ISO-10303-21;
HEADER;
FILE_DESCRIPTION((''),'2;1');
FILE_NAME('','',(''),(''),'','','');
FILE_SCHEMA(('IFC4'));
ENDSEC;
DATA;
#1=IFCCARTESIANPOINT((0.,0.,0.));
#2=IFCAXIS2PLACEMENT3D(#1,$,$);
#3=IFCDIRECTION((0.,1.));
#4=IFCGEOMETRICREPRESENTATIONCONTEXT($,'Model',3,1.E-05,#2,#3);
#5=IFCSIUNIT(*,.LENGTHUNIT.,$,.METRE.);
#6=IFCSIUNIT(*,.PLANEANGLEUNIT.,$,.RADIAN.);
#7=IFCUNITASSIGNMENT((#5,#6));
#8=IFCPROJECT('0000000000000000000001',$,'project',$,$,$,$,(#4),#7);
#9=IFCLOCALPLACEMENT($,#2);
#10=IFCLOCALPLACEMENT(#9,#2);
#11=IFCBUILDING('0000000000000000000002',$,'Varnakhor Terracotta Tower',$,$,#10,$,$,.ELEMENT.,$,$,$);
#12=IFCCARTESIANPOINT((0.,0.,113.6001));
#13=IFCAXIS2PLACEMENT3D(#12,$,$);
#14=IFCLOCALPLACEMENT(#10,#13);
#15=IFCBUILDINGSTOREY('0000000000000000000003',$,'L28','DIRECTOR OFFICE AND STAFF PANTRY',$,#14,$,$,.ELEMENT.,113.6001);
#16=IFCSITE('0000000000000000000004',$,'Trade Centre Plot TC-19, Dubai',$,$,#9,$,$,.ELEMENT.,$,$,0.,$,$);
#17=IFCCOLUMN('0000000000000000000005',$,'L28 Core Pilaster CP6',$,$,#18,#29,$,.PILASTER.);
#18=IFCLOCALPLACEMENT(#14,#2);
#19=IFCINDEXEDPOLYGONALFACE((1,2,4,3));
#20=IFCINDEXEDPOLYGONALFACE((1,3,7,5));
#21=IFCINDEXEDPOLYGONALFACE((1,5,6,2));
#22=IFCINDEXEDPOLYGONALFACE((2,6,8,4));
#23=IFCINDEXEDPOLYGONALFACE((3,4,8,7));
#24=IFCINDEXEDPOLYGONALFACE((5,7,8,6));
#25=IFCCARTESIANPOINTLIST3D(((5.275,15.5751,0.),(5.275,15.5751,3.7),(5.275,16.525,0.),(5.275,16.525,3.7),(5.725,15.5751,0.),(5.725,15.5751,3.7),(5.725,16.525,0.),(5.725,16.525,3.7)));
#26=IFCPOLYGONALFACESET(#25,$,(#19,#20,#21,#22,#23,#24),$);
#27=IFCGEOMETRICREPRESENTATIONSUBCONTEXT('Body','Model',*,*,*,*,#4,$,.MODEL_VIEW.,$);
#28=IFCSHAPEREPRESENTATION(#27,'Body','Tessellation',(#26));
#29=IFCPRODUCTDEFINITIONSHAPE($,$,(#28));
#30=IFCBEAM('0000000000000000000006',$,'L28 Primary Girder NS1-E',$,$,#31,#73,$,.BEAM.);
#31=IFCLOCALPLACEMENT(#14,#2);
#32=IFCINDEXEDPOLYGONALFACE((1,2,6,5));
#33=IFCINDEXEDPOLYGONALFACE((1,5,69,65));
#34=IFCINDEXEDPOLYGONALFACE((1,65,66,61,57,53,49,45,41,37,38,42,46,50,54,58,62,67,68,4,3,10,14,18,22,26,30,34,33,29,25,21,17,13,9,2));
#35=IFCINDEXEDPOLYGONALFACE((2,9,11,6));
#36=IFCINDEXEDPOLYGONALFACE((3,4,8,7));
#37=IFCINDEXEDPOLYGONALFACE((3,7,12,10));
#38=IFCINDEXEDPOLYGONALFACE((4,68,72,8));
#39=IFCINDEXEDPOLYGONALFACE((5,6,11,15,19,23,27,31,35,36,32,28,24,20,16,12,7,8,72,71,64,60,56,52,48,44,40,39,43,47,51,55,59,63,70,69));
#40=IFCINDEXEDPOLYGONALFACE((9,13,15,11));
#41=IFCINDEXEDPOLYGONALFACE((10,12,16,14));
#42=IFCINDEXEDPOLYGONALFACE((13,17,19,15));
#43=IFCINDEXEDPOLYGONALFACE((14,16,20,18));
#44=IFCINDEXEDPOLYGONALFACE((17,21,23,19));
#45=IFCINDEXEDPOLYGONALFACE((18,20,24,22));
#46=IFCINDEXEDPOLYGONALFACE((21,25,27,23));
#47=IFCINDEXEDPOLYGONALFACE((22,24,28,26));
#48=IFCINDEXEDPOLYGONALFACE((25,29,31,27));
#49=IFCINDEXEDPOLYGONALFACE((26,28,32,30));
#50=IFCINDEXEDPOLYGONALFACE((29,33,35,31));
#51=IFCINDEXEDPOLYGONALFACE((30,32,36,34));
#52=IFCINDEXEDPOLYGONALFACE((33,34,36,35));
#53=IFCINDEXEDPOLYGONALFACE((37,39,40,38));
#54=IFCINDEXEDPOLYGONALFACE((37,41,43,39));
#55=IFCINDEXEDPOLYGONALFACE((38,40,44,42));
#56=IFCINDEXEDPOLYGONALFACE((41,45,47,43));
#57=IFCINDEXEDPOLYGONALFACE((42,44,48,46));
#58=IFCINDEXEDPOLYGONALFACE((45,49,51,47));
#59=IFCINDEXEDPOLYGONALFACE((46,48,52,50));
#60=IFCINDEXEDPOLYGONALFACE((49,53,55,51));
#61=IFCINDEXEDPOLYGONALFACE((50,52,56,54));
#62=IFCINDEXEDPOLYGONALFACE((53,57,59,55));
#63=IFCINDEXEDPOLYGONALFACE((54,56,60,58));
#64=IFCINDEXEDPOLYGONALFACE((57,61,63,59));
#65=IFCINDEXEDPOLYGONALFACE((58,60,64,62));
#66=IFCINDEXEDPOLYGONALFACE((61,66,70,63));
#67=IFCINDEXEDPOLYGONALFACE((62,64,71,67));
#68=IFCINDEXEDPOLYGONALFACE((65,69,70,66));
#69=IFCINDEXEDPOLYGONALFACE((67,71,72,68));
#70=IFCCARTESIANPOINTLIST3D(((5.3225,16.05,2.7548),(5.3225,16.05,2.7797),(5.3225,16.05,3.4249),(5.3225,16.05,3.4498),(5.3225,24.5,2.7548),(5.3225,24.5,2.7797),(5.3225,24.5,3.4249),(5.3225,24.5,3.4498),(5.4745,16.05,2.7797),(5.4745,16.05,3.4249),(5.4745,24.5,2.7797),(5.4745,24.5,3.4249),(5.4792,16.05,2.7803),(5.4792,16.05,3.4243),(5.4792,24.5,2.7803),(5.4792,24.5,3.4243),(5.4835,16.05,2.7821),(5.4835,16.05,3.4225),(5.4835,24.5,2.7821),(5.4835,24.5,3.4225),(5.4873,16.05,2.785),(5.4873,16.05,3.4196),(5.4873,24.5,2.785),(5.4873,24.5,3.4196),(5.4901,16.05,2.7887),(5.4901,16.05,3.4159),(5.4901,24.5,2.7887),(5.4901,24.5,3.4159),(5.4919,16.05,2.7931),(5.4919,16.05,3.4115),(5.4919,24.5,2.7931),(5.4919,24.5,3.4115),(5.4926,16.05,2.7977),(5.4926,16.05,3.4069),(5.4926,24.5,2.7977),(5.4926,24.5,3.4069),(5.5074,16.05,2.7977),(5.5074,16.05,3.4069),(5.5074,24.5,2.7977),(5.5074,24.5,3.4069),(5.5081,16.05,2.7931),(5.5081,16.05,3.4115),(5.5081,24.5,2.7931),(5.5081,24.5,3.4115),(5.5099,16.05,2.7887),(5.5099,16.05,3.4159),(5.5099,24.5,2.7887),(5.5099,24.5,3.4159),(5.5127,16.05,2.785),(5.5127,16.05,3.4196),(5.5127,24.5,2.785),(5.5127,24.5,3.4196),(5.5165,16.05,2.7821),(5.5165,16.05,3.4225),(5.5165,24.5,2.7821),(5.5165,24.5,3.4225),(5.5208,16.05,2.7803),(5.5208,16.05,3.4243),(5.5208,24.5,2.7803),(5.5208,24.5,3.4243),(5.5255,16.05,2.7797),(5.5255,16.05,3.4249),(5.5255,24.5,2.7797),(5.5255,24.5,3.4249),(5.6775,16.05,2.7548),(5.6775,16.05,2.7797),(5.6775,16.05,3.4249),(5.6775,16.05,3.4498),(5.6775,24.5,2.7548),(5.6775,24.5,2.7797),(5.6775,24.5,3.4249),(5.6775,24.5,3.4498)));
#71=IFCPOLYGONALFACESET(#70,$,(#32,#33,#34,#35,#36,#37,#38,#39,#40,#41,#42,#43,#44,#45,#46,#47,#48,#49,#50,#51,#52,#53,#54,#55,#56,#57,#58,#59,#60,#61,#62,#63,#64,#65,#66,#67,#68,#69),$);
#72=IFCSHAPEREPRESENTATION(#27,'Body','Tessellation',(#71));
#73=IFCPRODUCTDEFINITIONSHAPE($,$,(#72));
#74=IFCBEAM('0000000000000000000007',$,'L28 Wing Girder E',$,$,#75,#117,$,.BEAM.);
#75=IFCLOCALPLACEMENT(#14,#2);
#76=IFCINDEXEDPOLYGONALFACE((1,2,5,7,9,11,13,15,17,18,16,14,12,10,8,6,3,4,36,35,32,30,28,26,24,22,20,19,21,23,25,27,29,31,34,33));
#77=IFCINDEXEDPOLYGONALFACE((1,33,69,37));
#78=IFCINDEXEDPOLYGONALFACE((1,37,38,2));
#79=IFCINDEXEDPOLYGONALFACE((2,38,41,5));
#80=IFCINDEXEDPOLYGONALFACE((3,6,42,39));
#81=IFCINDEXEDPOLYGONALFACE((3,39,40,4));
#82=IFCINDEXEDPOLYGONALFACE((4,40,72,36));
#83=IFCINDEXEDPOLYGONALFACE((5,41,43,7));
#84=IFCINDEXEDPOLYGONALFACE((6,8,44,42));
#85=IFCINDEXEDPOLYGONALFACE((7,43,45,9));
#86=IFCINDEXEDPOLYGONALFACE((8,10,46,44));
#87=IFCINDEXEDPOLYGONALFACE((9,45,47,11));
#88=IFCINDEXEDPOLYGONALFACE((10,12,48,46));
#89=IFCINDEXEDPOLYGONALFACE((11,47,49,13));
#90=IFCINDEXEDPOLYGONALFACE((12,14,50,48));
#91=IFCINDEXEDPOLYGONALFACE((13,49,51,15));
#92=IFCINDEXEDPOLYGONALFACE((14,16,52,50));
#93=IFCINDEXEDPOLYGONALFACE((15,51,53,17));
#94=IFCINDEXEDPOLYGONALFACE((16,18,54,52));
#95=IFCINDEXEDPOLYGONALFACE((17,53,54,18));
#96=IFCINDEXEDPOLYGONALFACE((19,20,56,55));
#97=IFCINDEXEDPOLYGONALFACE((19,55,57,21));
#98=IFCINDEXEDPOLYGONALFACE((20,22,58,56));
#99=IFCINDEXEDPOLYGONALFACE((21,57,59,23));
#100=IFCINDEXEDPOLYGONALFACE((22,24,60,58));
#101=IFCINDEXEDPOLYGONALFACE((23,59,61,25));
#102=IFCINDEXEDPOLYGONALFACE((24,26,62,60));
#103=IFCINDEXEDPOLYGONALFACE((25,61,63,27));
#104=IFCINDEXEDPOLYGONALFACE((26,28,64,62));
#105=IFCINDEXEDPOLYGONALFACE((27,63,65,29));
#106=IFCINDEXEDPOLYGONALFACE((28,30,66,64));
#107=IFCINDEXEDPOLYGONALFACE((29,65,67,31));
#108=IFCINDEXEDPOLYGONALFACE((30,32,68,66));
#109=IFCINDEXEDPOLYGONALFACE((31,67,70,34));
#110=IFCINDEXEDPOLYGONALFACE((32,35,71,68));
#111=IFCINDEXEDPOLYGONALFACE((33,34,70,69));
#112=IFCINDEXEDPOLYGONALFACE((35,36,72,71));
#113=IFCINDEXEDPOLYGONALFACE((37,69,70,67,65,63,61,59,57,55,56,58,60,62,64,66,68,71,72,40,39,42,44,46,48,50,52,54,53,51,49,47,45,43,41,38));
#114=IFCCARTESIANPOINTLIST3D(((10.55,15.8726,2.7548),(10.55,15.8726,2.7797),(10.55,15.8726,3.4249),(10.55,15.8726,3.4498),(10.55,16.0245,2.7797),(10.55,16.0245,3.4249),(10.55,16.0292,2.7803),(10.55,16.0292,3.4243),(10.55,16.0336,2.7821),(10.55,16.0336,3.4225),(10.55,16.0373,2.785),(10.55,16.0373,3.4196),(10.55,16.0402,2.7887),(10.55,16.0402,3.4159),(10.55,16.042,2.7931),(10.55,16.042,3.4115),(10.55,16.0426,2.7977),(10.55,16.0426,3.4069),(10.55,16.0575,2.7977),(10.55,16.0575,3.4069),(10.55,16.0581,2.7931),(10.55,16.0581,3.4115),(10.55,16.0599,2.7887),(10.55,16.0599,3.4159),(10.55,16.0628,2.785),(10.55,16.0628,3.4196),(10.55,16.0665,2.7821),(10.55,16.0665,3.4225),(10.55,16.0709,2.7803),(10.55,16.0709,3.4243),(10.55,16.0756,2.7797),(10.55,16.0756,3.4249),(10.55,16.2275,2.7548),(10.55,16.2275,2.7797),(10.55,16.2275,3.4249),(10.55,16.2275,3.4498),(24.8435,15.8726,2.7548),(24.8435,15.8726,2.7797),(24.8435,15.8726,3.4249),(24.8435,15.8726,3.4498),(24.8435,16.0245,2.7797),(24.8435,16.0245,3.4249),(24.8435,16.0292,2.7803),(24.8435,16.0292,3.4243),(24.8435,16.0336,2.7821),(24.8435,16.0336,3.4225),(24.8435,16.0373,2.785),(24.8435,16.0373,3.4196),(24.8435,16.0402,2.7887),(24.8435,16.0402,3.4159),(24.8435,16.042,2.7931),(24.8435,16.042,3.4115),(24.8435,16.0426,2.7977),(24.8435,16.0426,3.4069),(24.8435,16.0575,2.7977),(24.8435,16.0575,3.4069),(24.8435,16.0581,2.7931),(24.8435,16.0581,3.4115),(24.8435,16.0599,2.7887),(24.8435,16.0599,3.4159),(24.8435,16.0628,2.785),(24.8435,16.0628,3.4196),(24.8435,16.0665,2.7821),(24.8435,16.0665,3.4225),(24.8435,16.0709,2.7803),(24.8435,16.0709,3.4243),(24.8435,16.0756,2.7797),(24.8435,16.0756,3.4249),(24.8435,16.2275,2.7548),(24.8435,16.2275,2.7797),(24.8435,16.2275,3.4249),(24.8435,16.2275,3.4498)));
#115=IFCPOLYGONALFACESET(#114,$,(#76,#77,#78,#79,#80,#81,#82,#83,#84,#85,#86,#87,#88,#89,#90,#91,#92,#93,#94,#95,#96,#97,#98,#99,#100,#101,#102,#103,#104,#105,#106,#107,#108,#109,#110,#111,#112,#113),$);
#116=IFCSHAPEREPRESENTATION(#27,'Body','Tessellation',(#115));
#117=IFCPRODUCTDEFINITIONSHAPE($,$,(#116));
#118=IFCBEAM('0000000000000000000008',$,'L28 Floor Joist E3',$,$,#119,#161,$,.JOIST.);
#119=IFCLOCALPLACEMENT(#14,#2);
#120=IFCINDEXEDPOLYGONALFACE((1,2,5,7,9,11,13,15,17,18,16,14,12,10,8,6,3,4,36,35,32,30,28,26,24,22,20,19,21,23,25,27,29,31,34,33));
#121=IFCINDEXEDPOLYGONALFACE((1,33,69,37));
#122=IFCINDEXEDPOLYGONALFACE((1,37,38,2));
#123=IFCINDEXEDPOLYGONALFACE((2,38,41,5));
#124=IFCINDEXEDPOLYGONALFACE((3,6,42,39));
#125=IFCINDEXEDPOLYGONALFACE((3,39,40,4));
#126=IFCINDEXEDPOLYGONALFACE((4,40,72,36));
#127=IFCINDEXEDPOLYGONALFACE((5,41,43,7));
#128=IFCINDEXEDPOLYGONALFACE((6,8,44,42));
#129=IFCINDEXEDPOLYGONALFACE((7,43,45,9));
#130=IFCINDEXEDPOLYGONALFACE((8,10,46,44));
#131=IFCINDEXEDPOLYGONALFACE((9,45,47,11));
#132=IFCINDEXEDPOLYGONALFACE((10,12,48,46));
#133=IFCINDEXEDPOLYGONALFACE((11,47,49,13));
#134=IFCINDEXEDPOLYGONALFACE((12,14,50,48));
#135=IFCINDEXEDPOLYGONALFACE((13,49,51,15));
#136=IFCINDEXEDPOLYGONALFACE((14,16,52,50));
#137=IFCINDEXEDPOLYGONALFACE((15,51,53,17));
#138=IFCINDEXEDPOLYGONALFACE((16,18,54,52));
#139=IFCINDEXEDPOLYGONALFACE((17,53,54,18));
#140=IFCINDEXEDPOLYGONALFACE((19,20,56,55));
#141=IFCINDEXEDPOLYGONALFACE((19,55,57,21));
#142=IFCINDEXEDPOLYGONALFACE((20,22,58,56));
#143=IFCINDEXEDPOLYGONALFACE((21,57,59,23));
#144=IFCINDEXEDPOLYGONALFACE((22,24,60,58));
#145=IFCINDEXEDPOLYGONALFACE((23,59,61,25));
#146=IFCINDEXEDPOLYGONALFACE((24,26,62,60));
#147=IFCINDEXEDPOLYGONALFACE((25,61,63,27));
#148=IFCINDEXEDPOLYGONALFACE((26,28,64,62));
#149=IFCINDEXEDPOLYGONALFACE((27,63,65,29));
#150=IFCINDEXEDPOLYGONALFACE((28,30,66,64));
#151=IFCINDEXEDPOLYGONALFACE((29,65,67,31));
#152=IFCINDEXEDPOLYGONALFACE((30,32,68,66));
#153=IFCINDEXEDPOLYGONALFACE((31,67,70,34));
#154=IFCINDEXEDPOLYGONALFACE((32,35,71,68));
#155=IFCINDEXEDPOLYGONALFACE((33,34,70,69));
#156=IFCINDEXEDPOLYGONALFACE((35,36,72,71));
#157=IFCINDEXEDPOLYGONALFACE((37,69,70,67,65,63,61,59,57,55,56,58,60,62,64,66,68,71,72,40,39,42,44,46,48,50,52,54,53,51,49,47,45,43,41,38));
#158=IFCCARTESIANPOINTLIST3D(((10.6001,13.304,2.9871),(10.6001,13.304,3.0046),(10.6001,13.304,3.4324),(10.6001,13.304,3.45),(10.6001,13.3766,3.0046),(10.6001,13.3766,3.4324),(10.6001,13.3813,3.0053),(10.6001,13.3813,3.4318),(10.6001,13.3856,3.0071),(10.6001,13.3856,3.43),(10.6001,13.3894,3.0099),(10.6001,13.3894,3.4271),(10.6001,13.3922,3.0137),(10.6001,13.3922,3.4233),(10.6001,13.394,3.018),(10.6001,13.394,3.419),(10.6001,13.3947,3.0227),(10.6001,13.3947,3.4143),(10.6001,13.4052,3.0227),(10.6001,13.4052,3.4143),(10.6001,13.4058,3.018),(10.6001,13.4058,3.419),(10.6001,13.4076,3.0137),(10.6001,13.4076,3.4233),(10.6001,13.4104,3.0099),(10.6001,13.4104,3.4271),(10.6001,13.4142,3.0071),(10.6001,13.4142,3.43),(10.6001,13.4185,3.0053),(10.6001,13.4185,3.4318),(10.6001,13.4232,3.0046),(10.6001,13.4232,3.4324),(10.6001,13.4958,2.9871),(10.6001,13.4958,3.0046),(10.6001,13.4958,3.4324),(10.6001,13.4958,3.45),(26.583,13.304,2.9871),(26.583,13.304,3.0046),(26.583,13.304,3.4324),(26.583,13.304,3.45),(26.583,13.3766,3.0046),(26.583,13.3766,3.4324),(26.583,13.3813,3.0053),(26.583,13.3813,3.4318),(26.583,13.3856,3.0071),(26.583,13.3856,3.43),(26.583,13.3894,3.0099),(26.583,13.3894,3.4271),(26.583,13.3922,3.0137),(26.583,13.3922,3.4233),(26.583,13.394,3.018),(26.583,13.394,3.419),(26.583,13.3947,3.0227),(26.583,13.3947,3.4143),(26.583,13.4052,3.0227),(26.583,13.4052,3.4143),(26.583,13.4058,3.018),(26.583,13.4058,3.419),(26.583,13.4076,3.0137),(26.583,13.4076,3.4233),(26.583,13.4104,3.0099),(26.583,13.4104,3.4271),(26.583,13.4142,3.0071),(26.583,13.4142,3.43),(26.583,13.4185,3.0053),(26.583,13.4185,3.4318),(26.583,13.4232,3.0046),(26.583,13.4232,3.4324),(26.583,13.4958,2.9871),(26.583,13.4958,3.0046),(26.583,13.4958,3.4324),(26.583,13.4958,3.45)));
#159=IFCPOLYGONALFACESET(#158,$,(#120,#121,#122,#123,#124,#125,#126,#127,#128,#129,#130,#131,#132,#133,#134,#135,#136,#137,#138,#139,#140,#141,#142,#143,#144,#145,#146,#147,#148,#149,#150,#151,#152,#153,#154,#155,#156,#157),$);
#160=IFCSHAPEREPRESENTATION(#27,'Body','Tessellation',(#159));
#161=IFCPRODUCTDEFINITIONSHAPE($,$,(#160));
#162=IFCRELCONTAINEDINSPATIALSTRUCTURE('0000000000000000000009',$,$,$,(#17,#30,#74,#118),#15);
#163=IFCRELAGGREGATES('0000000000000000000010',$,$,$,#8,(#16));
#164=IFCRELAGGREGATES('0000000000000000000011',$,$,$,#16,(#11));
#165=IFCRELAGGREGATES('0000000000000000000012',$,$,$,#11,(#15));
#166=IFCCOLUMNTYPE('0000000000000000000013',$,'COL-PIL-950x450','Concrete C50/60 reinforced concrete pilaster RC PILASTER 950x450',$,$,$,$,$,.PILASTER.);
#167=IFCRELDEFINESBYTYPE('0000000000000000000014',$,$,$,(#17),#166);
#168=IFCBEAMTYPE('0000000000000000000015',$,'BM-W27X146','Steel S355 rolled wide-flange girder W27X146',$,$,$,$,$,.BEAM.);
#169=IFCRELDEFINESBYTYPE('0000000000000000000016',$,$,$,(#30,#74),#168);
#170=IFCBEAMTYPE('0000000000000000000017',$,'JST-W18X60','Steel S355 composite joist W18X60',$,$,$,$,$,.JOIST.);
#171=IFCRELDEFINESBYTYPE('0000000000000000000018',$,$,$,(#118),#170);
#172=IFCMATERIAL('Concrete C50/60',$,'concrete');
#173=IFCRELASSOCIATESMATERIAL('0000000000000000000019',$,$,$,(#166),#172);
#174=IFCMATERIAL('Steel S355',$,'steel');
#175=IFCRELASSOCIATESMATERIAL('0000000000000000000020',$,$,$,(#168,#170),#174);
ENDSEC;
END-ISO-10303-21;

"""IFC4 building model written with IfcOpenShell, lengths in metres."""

from ifc_helpers import new_model, si_unit, direction, frame, origin, origin_2d, place, context, subcontext, project, spatial, rectangle, i_section, extrude, source, transform, mapped, material, material_profile, profile_set, type_object, type_shapes, element, save


model = new_model("IFC4")

# Units and contexts
model_context = context("Model", 3, precision=1e-05, world=origin(), true_north=direction((0.0, 1.0)))
body_context = subcontext(model_context, "Body", "Model", "MODEL_VIEW")
ifc_project = project(units=[si_unit("LENGTHUNIT", "METRE"), si_unit("PLANEANGLEUNIT", "RADIAN")], contexts=[model_context])

# Site, building, storey
site_placement = place(None, origin())
site = spatial("IfcSite", under=ifc_project, at=site_placement, Name="Trade Centre Plot TC-19, Dubai", CompositionType="ELEMENT", RefElevation=0.0)
building_placement = place(site_placement, origin())
building = spatial("IfcBuilding", under=site, at=building_placement, Name="Varnakhor Terracotta Tower", CompositionType="ELEMENT")
storey_placement = place(building_placement, frame((0.0, 0.0, 113.6001)))
storey = spatial("IfcBuildingStorey", under=building, at=storey_placement, Name="L28", Description="DIRECTOR OFFICE AND STAFF PANTRY", CompositionType="ELEMENT", Elevation=113.6001)

# Column
ifc_material_1 = material(Name="Concrete C50/60", Category="concrete")
ifc_material_profile_1 = material_profile(ifc_material_1, rectangle(XDim=0.45, YDim=0.95, at=origin_2d()), Name="RC PILASTER 950x450")
ifc_profile_set_1 = profile_set([ifc_material_profile_1], Name="Concrete C50/60")
column_type = type_object("IfcColumnType", Name="COL-PIL-950x450", Description="Concrete C50/60 reinforced concrete pilaster RC PILASTER 950x450", PredefinedType="PILASTER", material=ifc_profile_set_1)
shared_shape_1 = source(origin(), body_context, "Body", "SweptSolid", [
    extrude(rectangle(XDim=0.45, YDim=0.95, at=origin_2d()), origin(), (0.0, 0.0, 1.0), 3.7),
])
column_placement = place(storey_placement, frame((5.5, 16.05, 0.0), z_axis=(0.0, 0.0, 1.0), x_axis=(1.0, 0.0, 0.0)))
element("IfcColumn", 1, at=column_placement, inside=storey, type_object=column_type, Name="L28 Core Pilaster CP6", PredefinedType="PILASTER", context=body_context, shape_type="MappedRepresentation", body=[
    mapped(shared_shape_1, transform((0.0, 0.0, 0.0), scale=1.0)),
])

# Beams
ifc_material_2 = material(Name="Steel S355", Category="steel")
ifc_material_profile_2 = material_profile(ifc_material_2, i_section(OverallWidth=0.355, OverallDepth=0.6951, WebThickness=0.0149, FlangeThickness=0.0249, FilletRadius=0.0181, at=origin_2d()), Name="W27X146")
ifc_profile_set_2 = profile_set([ifc_material_profile_2], Name="Steel S355")
beam_type_1 = type_object("IfcBeamType", Name="BM-W27X146", Description="Steel S355 rolled wide-flange girder W27X146", PredefinedType="BEAM", material=ifc_profile_set_2)
shared_shape_2 = source(origin(), body_context, "Body", "SweptSolid", [
    extrude(i_section(OverallWidth=0.355, OverallDepth=0.6951, WebThickness=0.0149, FlangeThickness=0.0249, FilletRadius=0.0181, at=origin_2d()), origin(), (0.0, 0.0, 1.0), 8.45),
])
type_shapes(beam_type_1, [shared_shape_2])
beam_1_placement = place(storey_placement, frame((5.5, 16.05, 3.1023), z_axis=(0.0, 1.0, 0.0), x_axis=(-1.0, 0.0, 0.0)))
element("IfcBeam", 2, at=beam_1_placement, inside=storey, type_object=beam_type_1, Name="L28 Primary Girder NS1-E", PredefinedType="BEAM", context=body_context, shape_type="MappedRepresentation", body=[
    mapped(shared_shape_2, transform((0.0, 0.0, 0.0), scale=1.0)),
])
shared_shape_3 = source(origin(), body_context, "Body", "SweptSolid", [
    extrude(i_section(OverallWidth=0.355, OverallDepth=0.6951, WebThickness=0.0149, FlangeThickness=0.0249, FilletRadius=0.0181, at=origin_2d()), origin(), (0.0, 0.0, 1.0), 14.2935),
])
beam_2_placement = place(storey_placement, frame((10.55, 16.05, 3.1023), z_axis=(1.0, 0.0, 0.0), x_axis=(0.0, 1.0, 0.0)))
element("IfcBeam", 3, at=beam_2_placement, inside=storey, type_object=beam_type_1, Name="L28 Wing Girder E", PredefinedType="BEAM", context=body_context, shape_type="MappedRepresentation", body=[
    mapped(shared_shape_3, transform((0.0, 0.0, 0.0), scale=1.0)),
])
ifc_material_profile_3 = material_profile(ifc_material_2, i_section(OverallWidth=0.1919, OverallDepth=0.4629, WebThickness=0.0105, FlangeThickness=0.0176, FilletRadius=0.0181, at=origin_2d()), Name="W18X60")
ifc_profile_set_3 = profile_set([ifc_material_profile_3], Name="Steel S355")
beam_type_2 = type_object("IfcBeamType", Name="JST-W18X60", Description="Steel S355 composite joist W18X60", PredefinedType="JOIST", material=ifc_profile_set_3)
shared_shape_4 = source(origin(), body_context, "Body", "SweptSolid", [
    extrude(i_section(OverallWidth=0.1919, OverallDepth=0.4629, WebThickness=0.0105, FlangeThickness=0.0176, FilletRadius=0.0181, at=origin_2d()), origin(), (0.0, 0.0, 1.0), 15.9829),
])
beam_3_placement = place(storey_placement, frame((10.6001, 13.3999, 3.2185), z_axis=(1.0, 0.0, 0.0), x_axis=(0.0, 1.0, 0.0)))
element("IfcBeam", 4, at=beam_3_placement, inside=storey, type_object=beam_type_2, Name="L28 Floor Joist E3", PredefinedType="JOIST", context=body_context, shape_type="MappedRepresentation", body=[
    mapped(shared_shape_4, transform((0.0, 0.0, 0.0), scale=1.0)),
])

save(model, "model.ifc")
